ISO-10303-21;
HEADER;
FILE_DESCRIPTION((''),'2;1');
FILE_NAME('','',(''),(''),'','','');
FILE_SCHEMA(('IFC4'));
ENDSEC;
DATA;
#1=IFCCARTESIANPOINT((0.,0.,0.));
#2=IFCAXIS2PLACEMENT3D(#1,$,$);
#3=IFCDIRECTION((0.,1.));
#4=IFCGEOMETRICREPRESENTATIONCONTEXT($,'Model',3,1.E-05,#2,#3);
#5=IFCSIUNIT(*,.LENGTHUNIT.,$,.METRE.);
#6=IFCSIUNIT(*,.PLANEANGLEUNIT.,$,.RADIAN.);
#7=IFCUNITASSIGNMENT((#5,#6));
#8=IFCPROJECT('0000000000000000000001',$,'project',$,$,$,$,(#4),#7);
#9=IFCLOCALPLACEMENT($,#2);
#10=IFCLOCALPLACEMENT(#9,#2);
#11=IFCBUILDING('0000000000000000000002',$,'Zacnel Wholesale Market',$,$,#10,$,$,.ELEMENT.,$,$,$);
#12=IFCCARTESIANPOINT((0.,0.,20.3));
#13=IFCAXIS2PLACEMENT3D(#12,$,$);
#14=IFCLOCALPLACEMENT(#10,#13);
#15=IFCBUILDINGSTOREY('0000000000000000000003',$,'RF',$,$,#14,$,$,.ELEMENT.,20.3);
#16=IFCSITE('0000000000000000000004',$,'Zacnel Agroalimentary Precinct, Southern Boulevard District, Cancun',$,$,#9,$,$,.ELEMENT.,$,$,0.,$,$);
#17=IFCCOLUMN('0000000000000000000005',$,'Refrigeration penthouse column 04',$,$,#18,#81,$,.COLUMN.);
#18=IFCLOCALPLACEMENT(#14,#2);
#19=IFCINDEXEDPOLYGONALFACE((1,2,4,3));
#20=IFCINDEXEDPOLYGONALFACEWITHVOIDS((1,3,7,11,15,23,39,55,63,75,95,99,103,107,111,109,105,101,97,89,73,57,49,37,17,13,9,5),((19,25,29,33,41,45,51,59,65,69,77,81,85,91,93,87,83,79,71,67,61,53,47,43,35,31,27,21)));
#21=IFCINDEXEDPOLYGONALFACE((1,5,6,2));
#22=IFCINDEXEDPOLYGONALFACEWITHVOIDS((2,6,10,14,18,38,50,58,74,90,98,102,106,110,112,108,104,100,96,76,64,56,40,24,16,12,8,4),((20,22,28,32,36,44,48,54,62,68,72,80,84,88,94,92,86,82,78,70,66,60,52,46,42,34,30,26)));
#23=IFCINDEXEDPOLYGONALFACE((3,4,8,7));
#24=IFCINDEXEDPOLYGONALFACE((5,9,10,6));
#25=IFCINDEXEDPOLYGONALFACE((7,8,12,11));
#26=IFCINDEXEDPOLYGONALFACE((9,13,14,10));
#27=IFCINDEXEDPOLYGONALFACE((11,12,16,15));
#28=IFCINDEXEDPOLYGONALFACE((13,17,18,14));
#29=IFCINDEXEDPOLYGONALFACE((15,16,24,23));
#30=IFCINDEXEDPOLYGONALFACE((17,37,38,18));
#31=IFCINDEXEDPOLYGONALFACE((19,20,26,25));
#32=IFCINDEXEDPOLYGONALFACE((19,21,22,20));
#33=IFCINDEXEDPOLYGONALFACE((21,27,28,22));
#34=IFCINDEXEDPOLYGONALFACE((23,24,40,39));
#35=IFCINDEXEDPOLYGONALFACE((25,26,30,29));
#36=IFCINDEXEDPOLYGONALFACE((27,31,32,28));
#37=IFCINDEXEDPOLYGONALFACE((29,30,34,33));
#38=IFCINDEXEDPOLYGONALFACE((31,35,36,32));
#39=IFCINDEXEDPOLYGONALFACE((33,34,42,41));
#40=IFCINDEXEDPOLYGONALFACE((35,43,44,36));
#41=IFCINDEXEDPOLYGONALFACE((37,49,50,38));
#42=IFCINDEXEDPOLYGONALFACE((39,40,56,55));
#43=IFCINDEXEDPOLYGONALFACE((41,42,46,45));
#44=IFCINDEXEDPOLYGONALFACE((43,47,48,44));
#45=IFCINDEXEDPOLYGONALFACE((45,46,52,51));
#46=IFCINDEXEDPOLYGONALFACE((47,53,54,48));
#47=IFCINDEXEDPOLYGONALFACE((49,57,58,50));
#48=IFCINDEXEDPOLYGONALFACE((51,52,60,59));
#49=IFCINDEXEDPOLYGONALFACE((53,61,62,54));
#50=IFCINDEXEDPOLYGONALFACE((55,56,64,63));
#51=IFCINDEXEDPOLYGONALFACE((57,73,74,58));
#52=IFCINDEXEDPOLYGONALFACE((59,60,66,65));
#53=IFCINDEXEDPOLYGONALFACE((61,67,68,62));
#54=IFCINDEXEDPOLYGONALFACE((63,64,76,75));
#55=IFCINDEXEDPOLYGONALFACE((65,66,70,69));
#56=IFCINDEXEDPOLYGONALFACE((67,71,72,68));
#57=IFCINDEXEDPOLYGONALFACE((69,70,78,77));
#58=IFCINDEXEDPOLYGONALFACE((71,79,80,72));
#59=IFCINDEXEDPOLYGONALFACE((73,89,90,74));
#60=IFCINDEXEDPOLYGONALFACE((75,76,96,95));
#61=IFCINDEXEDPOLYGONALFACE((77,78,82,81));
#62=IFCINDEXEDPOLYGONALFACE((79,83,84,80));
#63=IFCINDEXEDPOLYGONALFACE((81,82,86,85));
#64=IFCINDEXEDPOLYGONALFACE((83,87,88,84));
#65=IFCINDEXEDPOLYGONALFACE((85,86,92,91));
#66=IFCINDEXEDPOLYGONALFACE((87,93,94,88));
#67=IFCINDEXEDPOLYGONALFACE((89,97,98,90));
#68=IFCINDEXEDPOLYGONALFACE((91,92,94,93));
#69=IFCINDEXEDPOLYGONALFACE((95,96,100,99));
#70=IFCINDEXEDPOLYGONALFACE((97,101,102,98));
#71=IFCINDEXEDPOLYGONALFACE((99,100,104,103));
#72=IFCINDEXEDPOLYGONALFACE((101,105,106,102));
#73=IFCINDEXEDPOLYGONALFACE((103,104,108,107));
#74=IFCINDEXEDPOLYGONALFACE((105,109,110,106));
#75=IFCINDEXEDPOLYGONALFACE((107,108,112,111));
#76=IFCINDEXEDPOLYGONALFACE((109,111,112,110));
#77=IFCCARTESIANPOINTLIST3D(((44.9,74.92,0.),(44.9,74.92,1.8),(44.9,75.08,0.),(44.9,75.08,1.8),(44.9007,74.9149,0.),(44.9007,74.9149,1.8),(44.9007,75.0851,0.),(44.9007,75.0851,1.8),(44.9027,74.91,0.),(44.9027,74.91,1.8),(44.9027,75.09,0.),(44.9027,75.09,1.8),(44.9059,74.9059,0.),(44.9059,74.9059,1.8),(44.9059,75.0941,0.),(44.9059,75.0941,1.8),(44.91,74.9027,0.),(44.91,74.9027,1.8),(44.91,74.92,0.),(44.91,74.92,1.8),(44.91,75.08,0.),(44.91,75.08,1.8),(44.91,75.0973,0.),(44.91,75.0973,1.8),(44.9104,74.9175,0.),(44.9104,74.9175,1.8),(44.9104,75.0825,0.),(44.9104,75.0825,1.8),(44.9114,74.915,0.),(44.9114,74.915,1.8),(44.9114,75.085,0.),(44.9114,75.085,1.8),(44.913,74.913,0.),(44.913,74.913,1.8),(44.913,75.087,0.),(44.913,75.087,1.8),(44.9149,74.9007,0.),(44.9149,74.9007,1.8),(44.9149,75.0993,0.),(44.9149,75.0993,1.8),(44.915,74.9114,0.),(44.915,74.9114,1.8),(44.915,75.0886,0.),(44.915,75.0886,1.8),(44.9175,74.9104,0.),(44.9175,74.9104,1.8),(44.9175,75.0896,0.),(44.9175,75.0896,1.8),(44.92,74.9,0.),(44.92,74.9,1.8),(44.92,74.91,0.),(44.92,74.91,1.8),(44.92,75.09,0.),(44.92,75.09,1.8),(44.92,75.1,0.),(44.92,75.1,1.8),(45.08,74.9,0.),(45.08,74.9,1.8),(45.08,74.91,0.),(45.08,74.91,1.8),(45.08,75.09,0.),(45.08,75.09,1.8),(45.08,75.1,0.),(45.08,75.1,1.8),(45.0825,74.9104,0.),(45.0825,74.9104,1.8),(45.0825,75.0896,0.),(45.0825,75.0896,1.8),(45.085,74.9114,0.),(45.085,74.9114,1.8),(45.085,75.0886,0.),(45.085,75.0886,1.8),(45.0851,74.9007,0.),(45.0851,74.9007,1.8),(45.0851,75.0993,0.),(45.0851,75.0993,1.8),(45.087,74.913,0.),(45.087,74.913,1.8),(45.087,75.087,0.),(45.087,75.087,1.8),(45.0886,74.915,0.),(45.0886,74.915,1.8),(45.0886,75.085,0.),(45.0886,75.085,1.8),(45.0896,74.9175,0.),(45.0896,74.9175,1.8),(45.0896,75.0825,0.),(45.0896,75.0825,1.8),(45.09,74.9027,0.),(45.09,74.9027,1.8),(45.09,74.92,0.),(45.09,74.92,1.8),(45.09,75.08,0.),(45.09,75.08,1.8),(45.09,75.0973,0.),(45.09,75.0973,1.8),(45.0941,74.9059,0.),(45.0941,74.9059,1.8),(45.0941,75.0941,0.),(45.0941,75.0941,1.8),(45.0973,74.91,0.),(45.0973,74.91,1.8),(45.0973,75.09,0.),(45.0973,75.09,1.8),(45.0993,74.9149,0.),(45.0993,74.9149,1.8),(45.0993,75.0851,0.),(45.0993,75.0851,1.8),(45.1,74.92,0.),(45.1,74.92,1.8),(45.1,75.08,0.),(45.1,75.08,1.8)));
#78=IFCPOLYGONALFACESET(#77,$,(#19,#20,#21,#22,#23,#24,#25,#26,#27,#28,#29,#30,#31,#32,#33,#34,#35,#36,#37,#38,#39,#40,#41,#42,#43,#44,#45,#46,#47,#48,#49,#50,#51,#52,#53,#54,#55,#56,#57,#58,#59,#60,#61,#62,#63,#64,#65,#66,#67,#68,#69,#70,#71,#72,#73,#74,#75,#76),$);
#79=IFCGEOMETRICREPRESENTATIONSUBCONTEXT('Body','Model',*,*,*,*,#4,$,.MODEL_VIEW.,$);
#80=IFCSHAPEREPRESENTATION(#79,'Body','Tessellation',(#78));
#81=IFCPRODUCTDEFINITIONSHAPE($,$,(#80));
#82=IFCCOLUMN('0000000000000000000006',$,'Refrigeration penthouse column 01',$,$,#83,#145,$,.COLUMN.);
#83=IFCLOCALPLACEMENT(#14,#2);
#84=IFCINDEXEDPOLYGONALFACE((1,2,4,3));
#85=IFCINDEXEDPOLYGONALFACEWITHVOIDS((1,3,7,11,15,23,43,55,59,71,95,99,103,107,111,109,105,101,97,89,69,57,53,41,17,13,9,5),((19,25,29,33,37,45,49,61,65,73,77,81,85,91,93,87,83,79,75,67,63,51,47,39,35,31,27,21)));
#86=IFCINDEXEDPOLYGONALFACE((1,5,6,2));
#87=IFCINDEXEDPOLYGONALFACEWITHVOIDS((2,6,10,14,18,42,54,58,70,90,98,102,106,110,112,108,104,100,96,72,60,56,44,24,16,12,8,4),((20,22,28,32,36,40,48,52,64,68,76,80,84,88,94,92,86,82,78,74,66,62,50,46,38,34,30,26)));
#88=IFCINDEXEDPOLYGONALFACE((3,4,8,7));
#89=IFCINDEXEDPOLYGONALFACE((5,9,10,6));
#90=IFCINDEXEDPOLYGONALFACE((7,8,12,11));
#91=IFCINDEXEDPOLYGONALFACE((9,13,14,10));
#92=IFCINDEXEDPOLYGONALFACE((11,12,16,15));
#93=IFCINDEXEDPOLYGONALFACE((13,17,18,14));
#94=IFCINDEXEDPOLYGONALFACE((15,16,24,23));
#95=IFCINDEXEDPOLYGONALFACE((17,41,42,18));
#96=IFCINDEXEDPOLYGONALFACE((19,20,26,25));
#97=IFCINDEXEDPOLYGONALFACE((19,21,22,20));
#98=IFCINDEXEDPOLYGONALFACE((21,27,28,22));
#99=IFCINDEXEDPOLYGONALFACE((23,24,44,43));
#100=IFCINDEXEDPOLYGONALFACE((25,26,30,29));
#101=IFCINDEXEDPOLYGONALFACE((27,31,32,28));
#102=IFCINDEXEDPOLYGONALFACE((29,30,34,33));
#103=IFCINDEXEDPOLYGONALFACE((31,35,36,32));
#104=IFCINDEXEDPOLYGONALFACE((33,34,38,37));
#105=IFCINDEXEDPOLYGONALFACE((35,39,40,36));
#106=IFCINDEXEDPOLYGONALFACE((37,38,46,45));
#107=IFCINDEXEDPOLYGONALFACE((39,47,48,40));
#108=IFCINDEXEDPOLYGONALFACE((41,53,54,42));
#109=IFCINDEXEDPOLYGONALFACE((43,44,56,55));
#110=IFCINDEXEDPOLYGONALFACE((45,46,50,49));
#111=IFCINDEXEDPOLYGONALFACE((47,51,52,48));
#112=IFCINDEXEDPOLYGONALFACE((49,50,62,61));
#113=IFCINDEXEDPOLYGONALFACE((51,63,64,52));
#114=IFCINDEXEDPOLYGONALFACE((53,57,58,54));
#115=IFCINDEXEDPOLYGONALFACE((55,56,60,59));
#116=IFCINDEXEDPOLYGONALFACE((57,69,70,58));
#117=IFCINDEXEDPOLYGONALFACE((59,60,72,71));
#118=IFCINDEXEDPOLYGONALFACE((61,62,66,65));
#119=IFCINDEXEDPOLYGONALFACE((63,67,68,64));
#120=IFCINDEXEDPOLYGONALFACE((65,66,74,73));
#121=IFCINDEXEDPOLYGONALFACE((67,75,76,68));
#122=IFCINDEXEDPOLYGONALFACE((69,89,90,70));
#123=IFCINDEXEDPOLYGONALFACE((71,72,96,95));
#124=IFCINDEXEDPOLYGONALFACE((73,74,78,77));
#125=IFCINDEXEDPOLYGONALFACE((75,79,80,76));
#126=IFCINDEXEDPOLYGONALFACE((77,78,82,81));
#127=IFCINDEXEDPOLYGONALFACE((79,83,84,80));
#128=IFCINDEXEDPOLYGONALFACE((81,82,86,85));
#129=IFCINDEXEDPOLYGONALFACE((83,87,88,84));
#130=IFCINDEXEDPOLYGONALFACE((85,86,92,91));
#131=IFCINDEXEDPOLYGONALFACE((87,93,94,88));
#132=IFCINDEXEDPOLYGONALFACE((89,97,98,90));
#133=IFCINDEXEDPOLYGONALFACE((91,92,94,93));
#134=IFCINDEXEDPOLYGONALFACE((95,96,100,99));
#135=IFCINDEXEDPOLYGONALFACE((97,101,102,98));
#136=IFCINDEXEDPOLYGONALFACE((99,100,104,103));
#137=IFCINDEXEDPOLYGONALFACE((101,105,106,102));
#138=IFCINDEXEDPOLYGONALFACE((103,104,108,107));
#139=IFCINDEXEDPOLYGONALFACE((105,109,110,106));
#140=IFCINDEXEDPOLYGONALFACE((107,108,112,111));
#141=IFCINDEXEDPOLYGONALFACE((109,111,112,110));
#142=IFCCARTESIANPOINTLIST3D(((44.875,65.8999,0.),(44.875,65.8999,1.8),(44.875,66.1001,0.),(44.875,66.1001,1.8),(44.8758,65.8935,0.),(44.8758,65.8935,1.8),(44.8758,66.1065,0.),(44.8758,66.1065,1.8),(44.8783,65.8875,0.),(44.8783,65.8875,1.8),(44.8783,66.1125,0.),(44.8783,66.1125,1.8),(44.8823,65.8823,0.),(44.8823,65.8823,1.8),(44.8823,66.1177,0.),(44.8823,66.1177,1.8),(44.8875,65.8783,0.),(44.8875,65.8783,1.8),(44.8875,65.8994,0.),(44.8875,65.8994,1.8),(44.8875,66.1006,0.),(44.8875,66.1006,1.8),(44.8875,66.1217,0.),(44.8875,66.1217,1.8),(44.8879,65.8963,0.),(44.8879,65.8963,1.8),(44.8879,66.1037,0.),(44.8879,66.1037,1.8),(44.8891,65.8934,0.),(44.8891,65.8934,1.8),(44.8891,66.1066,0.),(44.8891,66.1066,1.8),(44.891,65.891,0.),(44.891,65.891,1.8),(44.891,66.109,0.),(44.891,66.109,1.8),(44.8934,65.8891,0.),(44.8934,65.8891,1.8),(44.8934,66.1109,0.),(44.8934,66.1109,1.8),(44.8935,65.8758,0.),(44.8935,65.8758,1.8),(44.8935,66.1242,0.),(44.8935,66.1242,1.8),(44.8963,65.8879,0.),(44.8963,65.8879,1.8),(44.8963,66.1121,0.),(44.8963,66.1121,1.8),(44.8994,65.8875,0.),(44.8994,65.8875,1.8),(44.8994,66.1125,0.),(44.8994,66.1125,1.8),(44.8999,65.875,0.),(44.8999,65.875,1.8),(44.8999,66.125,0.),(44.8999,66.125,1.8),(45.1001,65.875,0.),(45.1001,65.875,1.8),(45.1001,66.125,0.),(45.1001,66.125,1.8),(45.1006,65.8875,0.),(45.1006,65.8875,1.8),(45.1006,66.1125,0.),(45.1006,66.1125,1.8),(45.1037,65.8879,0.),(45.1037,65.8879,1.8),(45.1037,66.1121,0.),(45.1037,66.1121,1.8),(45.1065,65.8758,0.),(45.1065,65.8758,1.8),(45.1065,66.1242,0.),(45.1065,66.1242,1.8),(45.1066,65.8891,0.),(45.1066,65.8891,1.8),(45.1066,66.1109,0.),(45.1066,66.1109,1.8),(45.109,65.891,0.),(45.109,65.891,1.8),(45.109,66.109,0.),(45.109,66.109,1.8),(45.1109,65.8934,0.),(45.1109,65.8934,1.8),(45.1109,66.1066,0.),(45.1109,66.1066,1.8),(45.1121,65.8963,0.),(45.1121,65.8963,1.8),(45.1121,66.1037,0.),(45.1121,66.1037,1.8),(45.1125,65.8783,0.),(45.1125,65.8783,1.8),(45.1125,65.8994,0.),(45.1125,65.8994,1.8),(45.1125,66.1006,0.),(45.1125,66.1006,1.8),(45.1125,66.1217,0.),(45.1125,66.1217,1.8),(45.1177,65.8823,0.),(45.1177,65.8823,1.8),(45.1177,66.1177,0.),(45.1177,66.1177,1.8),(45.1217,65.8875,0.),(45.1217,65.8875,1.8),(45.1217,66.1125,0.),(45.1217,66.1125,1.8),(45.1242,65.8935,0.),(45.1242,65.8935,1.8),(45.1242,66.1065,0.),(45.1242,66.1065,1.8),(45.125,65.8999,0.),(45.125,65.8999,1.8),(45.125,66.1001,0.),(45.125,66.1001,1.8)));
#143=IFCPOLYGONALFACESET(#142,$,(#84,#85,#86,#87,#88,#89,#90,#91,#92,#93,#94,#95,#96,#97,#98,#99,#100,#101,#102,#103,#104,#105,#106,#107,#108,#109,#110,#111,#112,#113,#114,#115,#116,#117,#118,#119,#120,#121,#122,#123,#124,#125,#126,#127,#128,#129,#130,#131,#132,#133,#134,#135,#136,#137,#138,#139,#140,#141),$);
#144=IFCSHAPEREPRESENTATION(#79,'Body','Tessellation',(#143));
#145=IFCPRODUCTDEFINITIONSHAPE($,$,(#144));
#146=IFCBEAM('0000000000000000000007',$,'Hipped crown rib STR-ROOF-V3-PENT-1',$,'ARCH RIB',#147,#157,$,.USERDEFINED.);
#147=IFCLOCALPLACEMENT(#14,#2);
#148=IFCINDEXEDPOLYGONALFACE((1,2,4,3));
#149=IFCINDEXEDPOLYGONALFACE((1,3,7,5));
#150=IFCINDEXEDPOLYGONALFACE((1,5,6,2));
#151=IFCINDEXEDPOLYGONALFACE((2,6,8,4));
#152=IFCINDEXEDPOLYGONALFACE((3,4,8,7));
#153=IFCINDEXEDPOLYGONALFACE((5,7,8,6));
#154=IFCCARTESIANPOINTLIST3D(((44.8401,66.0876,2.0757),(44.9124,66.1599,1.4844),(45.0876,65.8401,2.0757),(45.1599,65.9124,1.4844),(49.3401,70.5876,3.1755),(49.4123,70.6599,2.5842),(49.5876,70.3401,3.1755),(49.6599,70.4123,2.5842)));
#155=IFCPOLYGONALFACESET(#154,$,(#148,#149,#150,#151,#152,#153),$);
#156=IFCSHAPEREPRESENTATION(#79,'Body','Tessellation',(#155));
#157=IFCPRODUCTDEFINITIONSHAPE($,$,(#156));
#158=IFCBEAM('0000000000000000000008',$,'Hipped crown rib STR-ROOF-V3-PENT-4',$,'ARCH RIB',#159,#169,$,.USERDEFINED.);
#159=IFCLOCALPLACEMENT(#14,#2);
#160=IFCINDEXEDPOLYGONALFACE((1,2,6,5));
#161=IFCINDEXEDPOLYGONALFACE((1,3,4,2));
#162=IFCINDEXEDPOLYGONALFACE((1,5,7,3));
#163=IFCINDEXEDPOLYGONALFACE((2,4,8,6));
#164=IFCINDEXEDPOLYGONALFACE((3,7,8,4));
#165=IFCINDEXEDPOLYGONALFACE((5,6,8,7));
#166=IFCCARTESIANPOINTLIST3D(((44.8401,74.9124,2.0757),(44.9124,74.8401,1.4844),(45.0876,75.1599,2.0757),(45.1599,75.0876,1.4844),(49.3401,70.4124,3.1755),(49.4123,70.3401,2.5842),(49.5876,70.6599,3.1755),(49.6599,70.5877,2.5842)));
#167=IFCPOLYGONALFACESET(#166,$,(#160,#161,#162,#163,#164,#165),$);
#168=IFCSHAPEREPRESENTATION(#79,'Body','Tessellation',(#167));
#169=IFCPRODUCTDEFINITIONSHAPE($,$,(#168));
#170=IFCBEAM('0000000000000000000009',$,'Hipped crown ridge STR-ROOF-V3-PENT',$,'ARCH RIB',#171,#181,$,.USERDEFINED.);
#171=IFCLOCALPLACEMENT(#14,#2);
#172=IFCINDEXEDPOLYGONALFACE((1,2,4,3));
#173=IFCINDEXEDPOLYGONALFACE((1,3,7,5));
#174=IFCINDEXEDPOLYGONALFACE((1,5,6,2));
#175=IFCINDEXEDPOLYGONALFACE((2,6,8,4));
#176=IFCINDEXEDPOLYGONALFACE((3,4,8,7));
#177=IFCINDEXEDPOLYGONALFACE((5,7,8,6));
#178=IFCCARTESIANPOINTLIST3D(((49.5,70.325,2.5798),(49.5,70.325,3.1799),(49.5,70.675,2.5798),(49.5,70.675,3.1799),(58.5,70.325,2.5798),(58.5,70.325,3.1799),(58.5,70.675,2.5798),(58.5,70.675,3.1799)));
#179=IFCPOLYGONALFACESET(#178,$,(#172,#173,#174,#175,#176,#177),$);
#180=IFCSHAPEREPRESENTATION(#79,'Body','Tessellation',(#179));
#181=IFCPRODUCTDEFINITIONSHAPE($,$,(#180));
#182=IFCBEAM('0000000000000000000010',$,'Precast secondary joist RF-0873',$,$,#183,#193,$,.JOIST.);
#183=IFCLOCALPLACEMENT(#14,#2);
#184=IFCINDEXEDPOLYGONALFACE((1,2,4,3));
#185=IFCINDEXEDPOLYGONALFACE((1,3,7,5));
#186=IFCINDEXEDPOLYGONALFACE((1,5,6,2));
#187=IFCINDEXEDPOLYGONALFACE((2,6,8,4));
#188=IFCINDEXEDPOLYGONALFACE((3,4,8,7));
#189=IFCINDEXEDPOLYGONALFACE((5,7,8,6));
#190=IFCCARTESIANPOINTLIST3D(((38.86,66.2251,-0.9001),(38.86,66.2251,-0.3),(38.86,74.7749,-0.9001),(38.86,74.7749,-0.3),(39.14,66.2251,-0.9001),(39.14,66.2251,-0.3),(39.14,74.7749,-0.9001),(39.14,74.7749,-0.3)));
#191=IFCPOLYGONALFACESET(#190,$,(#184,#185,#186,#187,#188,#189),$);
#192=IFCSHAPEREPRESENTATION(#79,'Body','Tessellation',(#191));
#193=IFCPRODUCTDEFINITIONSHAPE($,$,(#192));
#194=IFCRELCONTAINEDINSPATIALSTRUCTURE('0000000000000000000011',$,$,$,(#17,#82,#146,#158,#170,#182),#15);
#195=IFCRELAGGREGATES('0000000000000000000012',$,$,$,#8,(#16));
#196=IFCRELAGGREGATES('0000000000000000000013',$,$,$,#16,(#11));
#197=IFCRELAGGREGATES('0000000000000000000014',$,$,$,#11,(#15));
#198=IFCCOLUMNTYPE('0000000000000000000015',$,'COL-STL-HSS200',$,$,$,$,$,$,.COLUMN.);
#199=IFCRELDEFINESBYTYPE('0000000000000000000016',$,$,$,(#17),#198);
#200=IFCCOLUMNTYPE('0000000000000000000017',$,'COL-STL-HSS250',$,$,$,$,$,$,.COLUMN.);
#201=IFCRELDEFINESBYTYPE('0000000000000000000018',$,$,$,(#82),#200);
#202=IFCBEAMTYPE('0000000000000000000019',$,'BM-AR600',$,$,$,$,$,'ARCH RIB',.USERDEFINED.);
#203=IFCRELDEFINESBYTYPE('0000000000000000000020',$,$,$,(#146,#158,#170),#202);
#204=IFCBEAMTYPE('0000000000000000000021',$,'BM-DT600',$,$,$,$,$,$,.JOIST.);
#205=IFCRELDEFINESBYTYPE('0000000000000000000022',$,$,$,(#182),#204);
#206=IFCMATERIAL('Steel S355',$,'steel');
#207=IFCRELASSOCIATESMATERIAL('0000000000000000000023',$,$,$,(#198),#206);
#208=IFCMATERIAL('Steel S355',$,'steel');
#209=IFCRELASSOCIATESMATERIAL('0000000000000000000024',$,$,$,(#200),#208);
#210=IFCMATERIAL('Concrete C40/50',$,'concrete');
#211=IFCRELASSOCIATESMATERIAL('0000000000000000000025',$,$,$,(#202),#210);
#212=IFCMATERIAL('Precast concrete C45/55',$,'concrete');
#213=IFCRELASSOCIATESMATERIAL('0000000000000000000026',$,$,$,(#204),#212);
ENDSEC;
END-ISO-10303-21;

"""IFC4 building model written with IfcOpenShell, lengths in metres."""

from ifc_helpers import new_model, si_unit, direction, frame, origin, origin_2d, place, context, subcontext, project, spatial, rectangle, hollow_rectangle, extrude, material, material_profile, profile_set, type_object, element, save


model = new_model("IFC4")

# Units and contexts
model_context = context("Model", 3, precision=1e-05, world=origin(), true_north=direction((0.0, 1.0)))
body_context = subcontext(model_context, "Body", "Model", "MODEL_VIEW")
ifc_project = project(units=[si_unit("LENGTHUNIT", "METRE"), si_unit("PLANEANGLEUNIT", "RADIAN")], contexts=[model_context])

# Site, building, storey
site_placement = place(None, origin())
site = spatial("IfcSite", under=ifc_project, at=site_placement, Name="Zacnel Agroalimentary Precinct, Southern Boulevard District, Cancun", CompositionType="ELEMENT", RefElevation=0.0)
building_placement = place(site_placement, origin())
building = spatial("IfcBuilding", under=site, at=building_placement, Name="Zacnel Wholesale Market", CompositionType="ELEMENT")
storey_placement = place(building_placement, frame((0.0, 0.0, 20.3)))
storey = spatial("IfcBuildingStorey", under=building, at=storey_placement, Name="RF", CompositionType="ELEMENT", Elevation=20.3)

# Columns
ifc_material_1 = material(Name="Steel S355", Category="steel")
ifc_material_profile_1 = material_profile(ifc_material_1, hollow_rectangle(XDim=0.2, YDim=0.2, WallThickness=0.01, InnerFilletRadius=0.01, OuterFilletRadius=0.02, at=origin_2d()), Name="HSS 200x200x10")
ifc_profile_set_1 = profile_set([ifc_material_profile_1], Name="Steel S355")
column_type_1 = type_object("IfcColumnType", Name="COL-STL-HSS200", PredefinedType="COLUMN", material=ifc_profile_set_1)
column_1_placement = place(storey_placement, frame((45.0, 75.0, 0.0), z_axis=(0.0, 0.0, 1.0), x_axis=(1.0, 0.0, 0.0)))
element("IfcColumn", 1, at=column_1_placement, inside=storey, type_object=column_type_1, Name="Refrigeration penthouse column 04", PredefinedType="COLUMN", context=body_context, shape_type="SweptSolid", body=[
    extrude(hollow_rectangle(XDim=0.2, YDim=0.2, WallThickness=0.01, InnerFilletRadius=0.01, OuterFilletRadius=0.02, at=origin_2d()), origin(), (0.0, 0.0, 1.0), 1.8),
])
ifc_material_2 = material(Name="Steel S355", Category="steel")
ifc_material_profile_2 = material_profile(ifc_material_2, hollow_rectangle(XDim=0.25, YDim=0.25, WallThickness=0.0125, InnerFilletRadius=0.012, OuterFilletRadius=0.0249, at=origin_2d()), Name="HSS 250x250x12.5")
ifc_profile_set_2 = profile_set([ifc_material_profile_2], Name="Steel S355")
column_type_2 = type_object("IfcColumnType", Name="COL-STL-HSS250", PredefinedType="COLUMN", material=ifc_profile_set_2)
column_2_placement = place(storey_placement, frame((45.0, 66.0, 0.0), z_axis=(0.0, 0.0, 1.0), x_axis=(1.0, 0.0, 0.0)))
element("IfcColumn", 2, at=column_2_placement, inside=storey, type_object=column_type_2, Name="Refrigeration penthouse column 01", PredefinedType="COLUMN", context=body_context, shape_type="SweptSolid", body=[
    extrude(hollow_rectangle(XDim=0.25, YDim=0.25, WallThickness=0.0125, InnerFilletRadius=0.012, OuterFilletRadius=0.0249, at=origin_2d()), origin(), (0.0, 0.0, 1.0), 1.8),
])

# Beams
ifc_material_3 = material(Name="Concrete C40/50", Category="concrete")
ifc_material_profile_3 = material_profile(ifc_material_3, rectangle(XDim=0.3501, YDim=0.6001, at=origin_2d()), Name="ARCH RIB 350x600")
ifc_profile_set_3 = profile_set([ifc_material_profile_3], Name="Concrete C40/50")
beam_type_1 = type_object("IfcBeamType", Name="BM-AR600", ElementType="ARCH RIB", PredefinedType="USERDEFINED", material=ifc_profile_set_3)
for number, where, z_axis, x_axis, name in (
    (3, (45.0, 66.0, 1.78), (0.696777, 0.696777, 0.170301), (-0.707107, 0.707107, 0.0), "Hipped crown rib STR-ROOF-V3-PENT-1"),
    (4, (45.0, 75.0, 1.78), (0.696777, -0.696777, 0.170301), (0.707107, 0.707107, 0.0), "Hipped crown rib STR-ROOF-V3-PENT-4"),
):
    element("IfcBeam", number, at=place(storey_placement, frame(where, z_axis=z_axis, x_axis=x_axis)), inside=storey, type_object=beam_type_1, Name=name, ObjectType="ARCH RIB", PredefinedType="USERDEFINED", context=body_context, shape_type="SweptSolid", body=[
        extrude(rectangle(XDim=0.3501, YDim=0.6001, at=origin_2d()), origin(), (0.0, 0.0, 1.0), 6.4583),
    ])
beam_1_placement = place(storey_placement, frame((49.5, 70.5, 2.8799), z_axis=(1.0, 0.0, 0.0), x_axis=(0.0, 1.0, 0.0)))
element("IfcBeam", 5, at=beam_1_placement, inside=storey, type_object=beam_type_1, Name="Hipped crown ridge STR-ROOF-V3-PENT", ObjectType="ARCH RIB", PredefinedType="USERDEFINED", context=body_context, shape_type="SweptSolid", body=[
    extrude(rectangle(XDim=0.3501, YDim=0.6001, at=origin_2d()), origin(), (0.0, 0.0, 1.0), 9.0),
])
ifc_material_4 = material(Name="Precast concrete C45/55", Category="concrete")
ifc_material_profile_4 = material_profile(ifc_material_4, rectangle(XDim=0.28, YDim=0.6001, at=origin_2d()), Name="DT RIB 280x600")
ifc_profile_set_4 = profile_set([ifc_material_profile_4], Name="Precast concrete C45/55")
beam_type_2 = type_object("IfcBeamType", Name="BM-DT600", PredefinedType="JOIST", material=ifc_profile_set_4)
for number, where, z_axis, x_axis, name in (
    (6, (39.0, 66.2251, -0.6001), (0.0, 1.0, 0.0), (-1.0, 0.0, 0.0), "Precast secondary joist RF-0873"),
):
    element("IfcBeam", number, at=place(storey_placement, frame(where, z_axis=z_axis, x_axis=x_axis)), inside=storey, type_object=beam_type_2, Name=name, PredefinedType="JOIST", context=body_context, shape_type="SweptSolid", body=[
        extrude(rectangle(XDim=0.28, YDim=0.6001, at=origin_2d()), origin(), (0.0, 0.0, 1.0), 8.5498),
    ])

save(model, "model.ifc")
